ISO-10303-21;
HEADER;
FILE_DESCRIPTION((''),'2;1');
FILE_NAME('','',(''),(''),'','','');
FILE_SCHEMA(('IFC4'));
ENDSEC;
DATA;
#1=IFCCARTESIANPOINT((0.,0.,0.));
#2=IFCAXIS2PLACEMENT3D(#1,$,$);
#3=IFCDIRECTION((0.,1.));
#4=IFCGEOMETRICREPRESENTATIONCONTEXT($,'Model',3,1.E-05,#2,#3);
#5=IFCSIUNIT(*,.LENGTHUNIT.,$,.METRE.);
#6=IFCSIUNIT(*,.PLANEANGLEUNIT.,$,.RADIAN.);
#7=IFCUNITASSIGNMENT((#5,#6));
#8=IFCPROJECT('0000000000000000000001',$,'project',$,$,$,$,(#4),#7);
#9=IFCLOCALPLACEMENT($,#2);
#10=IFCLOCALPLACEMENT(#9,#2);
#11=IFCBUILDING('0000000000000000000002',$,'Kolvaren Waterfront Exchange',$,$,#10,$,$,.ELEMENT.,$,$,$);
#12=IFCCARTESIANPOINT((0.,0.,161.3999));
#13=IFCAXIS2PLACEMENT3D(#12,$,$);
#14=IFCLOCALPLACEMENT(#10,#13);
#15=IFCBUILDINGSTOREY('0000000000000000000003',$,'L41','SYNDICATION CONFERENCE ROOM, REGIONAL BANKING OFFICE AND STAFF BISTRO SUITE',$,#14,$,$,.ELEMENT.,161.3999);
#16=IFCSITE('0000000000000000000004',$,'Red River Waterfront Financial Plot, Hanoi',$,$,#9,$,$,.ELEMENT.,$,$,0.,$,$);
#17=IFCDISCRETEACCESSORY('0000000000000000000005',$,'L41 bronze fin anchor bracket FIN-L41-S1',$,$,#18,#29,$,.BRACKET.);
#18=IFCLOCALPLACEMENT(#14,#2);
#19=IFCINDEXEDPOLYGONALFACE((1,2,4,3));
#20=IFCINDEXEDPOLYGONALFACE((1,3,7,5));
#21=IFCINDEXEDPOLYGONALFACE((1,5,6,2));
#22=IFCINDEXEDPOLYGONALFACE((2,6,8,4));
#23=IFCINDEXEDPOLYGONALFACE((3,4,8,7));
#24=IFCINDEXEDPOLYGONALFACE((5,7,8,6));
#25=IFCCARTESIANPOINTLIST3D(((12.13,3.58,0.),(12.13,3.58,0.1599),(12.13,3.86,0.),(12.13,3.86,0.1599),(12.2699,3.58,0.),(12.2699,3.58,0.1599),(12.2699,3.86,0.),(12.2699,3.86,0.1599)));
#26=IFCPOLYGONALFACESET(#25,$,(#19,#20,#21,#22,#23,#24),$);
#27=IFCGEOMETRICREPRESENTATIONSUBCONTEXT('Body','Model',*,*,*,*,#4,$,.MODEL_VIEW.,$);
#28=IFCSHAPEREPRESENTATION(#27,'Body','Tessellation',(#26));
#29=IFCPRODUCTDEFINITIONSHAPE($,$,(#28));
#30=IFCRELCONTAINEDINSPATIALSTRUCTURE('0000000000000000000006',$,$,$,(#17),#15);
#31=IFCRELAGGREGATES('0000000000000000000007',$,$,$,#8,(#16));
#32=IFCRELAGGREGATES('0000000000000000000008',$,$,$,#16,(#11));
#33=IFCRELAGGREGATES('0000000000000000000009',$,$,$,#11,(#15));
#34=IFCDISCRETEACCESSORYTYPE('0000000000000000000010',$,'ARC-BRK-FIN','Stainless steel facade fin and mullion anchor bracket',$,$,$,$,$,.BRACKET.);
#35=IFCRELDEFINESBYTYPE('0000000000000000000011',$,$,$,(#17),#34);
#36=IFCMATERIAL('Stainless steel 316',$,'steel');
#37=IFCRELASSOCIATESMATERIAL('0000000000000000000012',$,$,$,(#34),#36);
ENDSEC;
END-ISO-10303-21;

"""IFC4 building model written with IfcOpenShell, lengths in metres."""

from ifc_helpers import new_model, si_unit, direction, frame, origin, origin_with_axes, origin_2d, place, context, subcontext, project, spatial, rectangle, extrude, source, transform, mapped, material, type_object, element, save


model = new_model("IFC4")

# Units and contexts
model_context = context("Model", 3, precision=1e-05, world=origin(), true_north=direction((0.0, 1.0)))
body_context = subcontext(model_context, "Body", "Model", "MODEL_VIEW")
ifc_project = project(units=[si_unit("LENGTHUNIT", "METRE"), si_unit("PLANEANGLEUNIT", "RADIAN")], contexts=[model_context])

# Site, building, storey
site_placement = place(None, origin())
site = spatial("IfcSite", under=ifc_project, at=site_placement, Name="Red River Waterfront Financial Plot, Hanoi", CompositionType="ELEMENT", RefElevation=0.0)
building_placement = place(site_placement, origin())
building = spatial("IfcBuilding", under=site, at=building_placement, Name="Kolvaren Waterfront Exchange", CompositionType="ELEMENT")
storey_placement = place(building_placement, frame((0.0, 0.0, 161.3999)))
storey = spatial("IfcBuildingStorey", under=building, at=storey_placement, Name="L41", Description="SYNDICATION CONFERENCE ROOM, REGIONAL BANKING OFFICE AND STAFF BISTRO SUITE", CompositionType="ELEMENT", Elevation=161.3999)

# Shared definitions
ifc_material_1 = material(Name="Stainless steel 316", Category="steel")

# Discrete accessory
discrete_accessory_type = type_object("IfcDiscreteAccessoryType", Name="ARC-BRK-FIN", Description="Stainless steel facade fin and mullion anchor bracket", PredefinedType="BRACKET", material=ifc_material_1)
shared_shape_1 = source(origin_with_axes(), body_context, "Body", "SweptSolid", [
    extrude(rectangle(XDim=0.28, YDim=0.1399, at=origin_2d()), origin(), (0.0, 0.0, 1.0), 0.1599),
])
discrete_accessory_placement = place(storey_placement, frame((12.2, 3.72, 0.0), z_axis=(0.0, 0.0, 1.0), x_axis=(0.0, -1.0, 0.0)))
element("IfcDiscreteAccessory", 1, at=discrete_accessory_placement, inside=storey, type_object=discrete_accessory_type, Name="L41 bronze fin anchor bracket FIN-L41-S1", PredefinedType="BRACKET", context=body_context, shape_type="MappedRepresentation", body=[
    mapped(shared_shape_1, transform((0.0, 0.0, 0.0), x_axis=(1.0, 0.0, 0.0), y_axis=(0.0, 1.0, 0.0), z_axis=(0.0, 0.0, 1.0), scale=1.0)),
])

save(model, "model.ifc")
